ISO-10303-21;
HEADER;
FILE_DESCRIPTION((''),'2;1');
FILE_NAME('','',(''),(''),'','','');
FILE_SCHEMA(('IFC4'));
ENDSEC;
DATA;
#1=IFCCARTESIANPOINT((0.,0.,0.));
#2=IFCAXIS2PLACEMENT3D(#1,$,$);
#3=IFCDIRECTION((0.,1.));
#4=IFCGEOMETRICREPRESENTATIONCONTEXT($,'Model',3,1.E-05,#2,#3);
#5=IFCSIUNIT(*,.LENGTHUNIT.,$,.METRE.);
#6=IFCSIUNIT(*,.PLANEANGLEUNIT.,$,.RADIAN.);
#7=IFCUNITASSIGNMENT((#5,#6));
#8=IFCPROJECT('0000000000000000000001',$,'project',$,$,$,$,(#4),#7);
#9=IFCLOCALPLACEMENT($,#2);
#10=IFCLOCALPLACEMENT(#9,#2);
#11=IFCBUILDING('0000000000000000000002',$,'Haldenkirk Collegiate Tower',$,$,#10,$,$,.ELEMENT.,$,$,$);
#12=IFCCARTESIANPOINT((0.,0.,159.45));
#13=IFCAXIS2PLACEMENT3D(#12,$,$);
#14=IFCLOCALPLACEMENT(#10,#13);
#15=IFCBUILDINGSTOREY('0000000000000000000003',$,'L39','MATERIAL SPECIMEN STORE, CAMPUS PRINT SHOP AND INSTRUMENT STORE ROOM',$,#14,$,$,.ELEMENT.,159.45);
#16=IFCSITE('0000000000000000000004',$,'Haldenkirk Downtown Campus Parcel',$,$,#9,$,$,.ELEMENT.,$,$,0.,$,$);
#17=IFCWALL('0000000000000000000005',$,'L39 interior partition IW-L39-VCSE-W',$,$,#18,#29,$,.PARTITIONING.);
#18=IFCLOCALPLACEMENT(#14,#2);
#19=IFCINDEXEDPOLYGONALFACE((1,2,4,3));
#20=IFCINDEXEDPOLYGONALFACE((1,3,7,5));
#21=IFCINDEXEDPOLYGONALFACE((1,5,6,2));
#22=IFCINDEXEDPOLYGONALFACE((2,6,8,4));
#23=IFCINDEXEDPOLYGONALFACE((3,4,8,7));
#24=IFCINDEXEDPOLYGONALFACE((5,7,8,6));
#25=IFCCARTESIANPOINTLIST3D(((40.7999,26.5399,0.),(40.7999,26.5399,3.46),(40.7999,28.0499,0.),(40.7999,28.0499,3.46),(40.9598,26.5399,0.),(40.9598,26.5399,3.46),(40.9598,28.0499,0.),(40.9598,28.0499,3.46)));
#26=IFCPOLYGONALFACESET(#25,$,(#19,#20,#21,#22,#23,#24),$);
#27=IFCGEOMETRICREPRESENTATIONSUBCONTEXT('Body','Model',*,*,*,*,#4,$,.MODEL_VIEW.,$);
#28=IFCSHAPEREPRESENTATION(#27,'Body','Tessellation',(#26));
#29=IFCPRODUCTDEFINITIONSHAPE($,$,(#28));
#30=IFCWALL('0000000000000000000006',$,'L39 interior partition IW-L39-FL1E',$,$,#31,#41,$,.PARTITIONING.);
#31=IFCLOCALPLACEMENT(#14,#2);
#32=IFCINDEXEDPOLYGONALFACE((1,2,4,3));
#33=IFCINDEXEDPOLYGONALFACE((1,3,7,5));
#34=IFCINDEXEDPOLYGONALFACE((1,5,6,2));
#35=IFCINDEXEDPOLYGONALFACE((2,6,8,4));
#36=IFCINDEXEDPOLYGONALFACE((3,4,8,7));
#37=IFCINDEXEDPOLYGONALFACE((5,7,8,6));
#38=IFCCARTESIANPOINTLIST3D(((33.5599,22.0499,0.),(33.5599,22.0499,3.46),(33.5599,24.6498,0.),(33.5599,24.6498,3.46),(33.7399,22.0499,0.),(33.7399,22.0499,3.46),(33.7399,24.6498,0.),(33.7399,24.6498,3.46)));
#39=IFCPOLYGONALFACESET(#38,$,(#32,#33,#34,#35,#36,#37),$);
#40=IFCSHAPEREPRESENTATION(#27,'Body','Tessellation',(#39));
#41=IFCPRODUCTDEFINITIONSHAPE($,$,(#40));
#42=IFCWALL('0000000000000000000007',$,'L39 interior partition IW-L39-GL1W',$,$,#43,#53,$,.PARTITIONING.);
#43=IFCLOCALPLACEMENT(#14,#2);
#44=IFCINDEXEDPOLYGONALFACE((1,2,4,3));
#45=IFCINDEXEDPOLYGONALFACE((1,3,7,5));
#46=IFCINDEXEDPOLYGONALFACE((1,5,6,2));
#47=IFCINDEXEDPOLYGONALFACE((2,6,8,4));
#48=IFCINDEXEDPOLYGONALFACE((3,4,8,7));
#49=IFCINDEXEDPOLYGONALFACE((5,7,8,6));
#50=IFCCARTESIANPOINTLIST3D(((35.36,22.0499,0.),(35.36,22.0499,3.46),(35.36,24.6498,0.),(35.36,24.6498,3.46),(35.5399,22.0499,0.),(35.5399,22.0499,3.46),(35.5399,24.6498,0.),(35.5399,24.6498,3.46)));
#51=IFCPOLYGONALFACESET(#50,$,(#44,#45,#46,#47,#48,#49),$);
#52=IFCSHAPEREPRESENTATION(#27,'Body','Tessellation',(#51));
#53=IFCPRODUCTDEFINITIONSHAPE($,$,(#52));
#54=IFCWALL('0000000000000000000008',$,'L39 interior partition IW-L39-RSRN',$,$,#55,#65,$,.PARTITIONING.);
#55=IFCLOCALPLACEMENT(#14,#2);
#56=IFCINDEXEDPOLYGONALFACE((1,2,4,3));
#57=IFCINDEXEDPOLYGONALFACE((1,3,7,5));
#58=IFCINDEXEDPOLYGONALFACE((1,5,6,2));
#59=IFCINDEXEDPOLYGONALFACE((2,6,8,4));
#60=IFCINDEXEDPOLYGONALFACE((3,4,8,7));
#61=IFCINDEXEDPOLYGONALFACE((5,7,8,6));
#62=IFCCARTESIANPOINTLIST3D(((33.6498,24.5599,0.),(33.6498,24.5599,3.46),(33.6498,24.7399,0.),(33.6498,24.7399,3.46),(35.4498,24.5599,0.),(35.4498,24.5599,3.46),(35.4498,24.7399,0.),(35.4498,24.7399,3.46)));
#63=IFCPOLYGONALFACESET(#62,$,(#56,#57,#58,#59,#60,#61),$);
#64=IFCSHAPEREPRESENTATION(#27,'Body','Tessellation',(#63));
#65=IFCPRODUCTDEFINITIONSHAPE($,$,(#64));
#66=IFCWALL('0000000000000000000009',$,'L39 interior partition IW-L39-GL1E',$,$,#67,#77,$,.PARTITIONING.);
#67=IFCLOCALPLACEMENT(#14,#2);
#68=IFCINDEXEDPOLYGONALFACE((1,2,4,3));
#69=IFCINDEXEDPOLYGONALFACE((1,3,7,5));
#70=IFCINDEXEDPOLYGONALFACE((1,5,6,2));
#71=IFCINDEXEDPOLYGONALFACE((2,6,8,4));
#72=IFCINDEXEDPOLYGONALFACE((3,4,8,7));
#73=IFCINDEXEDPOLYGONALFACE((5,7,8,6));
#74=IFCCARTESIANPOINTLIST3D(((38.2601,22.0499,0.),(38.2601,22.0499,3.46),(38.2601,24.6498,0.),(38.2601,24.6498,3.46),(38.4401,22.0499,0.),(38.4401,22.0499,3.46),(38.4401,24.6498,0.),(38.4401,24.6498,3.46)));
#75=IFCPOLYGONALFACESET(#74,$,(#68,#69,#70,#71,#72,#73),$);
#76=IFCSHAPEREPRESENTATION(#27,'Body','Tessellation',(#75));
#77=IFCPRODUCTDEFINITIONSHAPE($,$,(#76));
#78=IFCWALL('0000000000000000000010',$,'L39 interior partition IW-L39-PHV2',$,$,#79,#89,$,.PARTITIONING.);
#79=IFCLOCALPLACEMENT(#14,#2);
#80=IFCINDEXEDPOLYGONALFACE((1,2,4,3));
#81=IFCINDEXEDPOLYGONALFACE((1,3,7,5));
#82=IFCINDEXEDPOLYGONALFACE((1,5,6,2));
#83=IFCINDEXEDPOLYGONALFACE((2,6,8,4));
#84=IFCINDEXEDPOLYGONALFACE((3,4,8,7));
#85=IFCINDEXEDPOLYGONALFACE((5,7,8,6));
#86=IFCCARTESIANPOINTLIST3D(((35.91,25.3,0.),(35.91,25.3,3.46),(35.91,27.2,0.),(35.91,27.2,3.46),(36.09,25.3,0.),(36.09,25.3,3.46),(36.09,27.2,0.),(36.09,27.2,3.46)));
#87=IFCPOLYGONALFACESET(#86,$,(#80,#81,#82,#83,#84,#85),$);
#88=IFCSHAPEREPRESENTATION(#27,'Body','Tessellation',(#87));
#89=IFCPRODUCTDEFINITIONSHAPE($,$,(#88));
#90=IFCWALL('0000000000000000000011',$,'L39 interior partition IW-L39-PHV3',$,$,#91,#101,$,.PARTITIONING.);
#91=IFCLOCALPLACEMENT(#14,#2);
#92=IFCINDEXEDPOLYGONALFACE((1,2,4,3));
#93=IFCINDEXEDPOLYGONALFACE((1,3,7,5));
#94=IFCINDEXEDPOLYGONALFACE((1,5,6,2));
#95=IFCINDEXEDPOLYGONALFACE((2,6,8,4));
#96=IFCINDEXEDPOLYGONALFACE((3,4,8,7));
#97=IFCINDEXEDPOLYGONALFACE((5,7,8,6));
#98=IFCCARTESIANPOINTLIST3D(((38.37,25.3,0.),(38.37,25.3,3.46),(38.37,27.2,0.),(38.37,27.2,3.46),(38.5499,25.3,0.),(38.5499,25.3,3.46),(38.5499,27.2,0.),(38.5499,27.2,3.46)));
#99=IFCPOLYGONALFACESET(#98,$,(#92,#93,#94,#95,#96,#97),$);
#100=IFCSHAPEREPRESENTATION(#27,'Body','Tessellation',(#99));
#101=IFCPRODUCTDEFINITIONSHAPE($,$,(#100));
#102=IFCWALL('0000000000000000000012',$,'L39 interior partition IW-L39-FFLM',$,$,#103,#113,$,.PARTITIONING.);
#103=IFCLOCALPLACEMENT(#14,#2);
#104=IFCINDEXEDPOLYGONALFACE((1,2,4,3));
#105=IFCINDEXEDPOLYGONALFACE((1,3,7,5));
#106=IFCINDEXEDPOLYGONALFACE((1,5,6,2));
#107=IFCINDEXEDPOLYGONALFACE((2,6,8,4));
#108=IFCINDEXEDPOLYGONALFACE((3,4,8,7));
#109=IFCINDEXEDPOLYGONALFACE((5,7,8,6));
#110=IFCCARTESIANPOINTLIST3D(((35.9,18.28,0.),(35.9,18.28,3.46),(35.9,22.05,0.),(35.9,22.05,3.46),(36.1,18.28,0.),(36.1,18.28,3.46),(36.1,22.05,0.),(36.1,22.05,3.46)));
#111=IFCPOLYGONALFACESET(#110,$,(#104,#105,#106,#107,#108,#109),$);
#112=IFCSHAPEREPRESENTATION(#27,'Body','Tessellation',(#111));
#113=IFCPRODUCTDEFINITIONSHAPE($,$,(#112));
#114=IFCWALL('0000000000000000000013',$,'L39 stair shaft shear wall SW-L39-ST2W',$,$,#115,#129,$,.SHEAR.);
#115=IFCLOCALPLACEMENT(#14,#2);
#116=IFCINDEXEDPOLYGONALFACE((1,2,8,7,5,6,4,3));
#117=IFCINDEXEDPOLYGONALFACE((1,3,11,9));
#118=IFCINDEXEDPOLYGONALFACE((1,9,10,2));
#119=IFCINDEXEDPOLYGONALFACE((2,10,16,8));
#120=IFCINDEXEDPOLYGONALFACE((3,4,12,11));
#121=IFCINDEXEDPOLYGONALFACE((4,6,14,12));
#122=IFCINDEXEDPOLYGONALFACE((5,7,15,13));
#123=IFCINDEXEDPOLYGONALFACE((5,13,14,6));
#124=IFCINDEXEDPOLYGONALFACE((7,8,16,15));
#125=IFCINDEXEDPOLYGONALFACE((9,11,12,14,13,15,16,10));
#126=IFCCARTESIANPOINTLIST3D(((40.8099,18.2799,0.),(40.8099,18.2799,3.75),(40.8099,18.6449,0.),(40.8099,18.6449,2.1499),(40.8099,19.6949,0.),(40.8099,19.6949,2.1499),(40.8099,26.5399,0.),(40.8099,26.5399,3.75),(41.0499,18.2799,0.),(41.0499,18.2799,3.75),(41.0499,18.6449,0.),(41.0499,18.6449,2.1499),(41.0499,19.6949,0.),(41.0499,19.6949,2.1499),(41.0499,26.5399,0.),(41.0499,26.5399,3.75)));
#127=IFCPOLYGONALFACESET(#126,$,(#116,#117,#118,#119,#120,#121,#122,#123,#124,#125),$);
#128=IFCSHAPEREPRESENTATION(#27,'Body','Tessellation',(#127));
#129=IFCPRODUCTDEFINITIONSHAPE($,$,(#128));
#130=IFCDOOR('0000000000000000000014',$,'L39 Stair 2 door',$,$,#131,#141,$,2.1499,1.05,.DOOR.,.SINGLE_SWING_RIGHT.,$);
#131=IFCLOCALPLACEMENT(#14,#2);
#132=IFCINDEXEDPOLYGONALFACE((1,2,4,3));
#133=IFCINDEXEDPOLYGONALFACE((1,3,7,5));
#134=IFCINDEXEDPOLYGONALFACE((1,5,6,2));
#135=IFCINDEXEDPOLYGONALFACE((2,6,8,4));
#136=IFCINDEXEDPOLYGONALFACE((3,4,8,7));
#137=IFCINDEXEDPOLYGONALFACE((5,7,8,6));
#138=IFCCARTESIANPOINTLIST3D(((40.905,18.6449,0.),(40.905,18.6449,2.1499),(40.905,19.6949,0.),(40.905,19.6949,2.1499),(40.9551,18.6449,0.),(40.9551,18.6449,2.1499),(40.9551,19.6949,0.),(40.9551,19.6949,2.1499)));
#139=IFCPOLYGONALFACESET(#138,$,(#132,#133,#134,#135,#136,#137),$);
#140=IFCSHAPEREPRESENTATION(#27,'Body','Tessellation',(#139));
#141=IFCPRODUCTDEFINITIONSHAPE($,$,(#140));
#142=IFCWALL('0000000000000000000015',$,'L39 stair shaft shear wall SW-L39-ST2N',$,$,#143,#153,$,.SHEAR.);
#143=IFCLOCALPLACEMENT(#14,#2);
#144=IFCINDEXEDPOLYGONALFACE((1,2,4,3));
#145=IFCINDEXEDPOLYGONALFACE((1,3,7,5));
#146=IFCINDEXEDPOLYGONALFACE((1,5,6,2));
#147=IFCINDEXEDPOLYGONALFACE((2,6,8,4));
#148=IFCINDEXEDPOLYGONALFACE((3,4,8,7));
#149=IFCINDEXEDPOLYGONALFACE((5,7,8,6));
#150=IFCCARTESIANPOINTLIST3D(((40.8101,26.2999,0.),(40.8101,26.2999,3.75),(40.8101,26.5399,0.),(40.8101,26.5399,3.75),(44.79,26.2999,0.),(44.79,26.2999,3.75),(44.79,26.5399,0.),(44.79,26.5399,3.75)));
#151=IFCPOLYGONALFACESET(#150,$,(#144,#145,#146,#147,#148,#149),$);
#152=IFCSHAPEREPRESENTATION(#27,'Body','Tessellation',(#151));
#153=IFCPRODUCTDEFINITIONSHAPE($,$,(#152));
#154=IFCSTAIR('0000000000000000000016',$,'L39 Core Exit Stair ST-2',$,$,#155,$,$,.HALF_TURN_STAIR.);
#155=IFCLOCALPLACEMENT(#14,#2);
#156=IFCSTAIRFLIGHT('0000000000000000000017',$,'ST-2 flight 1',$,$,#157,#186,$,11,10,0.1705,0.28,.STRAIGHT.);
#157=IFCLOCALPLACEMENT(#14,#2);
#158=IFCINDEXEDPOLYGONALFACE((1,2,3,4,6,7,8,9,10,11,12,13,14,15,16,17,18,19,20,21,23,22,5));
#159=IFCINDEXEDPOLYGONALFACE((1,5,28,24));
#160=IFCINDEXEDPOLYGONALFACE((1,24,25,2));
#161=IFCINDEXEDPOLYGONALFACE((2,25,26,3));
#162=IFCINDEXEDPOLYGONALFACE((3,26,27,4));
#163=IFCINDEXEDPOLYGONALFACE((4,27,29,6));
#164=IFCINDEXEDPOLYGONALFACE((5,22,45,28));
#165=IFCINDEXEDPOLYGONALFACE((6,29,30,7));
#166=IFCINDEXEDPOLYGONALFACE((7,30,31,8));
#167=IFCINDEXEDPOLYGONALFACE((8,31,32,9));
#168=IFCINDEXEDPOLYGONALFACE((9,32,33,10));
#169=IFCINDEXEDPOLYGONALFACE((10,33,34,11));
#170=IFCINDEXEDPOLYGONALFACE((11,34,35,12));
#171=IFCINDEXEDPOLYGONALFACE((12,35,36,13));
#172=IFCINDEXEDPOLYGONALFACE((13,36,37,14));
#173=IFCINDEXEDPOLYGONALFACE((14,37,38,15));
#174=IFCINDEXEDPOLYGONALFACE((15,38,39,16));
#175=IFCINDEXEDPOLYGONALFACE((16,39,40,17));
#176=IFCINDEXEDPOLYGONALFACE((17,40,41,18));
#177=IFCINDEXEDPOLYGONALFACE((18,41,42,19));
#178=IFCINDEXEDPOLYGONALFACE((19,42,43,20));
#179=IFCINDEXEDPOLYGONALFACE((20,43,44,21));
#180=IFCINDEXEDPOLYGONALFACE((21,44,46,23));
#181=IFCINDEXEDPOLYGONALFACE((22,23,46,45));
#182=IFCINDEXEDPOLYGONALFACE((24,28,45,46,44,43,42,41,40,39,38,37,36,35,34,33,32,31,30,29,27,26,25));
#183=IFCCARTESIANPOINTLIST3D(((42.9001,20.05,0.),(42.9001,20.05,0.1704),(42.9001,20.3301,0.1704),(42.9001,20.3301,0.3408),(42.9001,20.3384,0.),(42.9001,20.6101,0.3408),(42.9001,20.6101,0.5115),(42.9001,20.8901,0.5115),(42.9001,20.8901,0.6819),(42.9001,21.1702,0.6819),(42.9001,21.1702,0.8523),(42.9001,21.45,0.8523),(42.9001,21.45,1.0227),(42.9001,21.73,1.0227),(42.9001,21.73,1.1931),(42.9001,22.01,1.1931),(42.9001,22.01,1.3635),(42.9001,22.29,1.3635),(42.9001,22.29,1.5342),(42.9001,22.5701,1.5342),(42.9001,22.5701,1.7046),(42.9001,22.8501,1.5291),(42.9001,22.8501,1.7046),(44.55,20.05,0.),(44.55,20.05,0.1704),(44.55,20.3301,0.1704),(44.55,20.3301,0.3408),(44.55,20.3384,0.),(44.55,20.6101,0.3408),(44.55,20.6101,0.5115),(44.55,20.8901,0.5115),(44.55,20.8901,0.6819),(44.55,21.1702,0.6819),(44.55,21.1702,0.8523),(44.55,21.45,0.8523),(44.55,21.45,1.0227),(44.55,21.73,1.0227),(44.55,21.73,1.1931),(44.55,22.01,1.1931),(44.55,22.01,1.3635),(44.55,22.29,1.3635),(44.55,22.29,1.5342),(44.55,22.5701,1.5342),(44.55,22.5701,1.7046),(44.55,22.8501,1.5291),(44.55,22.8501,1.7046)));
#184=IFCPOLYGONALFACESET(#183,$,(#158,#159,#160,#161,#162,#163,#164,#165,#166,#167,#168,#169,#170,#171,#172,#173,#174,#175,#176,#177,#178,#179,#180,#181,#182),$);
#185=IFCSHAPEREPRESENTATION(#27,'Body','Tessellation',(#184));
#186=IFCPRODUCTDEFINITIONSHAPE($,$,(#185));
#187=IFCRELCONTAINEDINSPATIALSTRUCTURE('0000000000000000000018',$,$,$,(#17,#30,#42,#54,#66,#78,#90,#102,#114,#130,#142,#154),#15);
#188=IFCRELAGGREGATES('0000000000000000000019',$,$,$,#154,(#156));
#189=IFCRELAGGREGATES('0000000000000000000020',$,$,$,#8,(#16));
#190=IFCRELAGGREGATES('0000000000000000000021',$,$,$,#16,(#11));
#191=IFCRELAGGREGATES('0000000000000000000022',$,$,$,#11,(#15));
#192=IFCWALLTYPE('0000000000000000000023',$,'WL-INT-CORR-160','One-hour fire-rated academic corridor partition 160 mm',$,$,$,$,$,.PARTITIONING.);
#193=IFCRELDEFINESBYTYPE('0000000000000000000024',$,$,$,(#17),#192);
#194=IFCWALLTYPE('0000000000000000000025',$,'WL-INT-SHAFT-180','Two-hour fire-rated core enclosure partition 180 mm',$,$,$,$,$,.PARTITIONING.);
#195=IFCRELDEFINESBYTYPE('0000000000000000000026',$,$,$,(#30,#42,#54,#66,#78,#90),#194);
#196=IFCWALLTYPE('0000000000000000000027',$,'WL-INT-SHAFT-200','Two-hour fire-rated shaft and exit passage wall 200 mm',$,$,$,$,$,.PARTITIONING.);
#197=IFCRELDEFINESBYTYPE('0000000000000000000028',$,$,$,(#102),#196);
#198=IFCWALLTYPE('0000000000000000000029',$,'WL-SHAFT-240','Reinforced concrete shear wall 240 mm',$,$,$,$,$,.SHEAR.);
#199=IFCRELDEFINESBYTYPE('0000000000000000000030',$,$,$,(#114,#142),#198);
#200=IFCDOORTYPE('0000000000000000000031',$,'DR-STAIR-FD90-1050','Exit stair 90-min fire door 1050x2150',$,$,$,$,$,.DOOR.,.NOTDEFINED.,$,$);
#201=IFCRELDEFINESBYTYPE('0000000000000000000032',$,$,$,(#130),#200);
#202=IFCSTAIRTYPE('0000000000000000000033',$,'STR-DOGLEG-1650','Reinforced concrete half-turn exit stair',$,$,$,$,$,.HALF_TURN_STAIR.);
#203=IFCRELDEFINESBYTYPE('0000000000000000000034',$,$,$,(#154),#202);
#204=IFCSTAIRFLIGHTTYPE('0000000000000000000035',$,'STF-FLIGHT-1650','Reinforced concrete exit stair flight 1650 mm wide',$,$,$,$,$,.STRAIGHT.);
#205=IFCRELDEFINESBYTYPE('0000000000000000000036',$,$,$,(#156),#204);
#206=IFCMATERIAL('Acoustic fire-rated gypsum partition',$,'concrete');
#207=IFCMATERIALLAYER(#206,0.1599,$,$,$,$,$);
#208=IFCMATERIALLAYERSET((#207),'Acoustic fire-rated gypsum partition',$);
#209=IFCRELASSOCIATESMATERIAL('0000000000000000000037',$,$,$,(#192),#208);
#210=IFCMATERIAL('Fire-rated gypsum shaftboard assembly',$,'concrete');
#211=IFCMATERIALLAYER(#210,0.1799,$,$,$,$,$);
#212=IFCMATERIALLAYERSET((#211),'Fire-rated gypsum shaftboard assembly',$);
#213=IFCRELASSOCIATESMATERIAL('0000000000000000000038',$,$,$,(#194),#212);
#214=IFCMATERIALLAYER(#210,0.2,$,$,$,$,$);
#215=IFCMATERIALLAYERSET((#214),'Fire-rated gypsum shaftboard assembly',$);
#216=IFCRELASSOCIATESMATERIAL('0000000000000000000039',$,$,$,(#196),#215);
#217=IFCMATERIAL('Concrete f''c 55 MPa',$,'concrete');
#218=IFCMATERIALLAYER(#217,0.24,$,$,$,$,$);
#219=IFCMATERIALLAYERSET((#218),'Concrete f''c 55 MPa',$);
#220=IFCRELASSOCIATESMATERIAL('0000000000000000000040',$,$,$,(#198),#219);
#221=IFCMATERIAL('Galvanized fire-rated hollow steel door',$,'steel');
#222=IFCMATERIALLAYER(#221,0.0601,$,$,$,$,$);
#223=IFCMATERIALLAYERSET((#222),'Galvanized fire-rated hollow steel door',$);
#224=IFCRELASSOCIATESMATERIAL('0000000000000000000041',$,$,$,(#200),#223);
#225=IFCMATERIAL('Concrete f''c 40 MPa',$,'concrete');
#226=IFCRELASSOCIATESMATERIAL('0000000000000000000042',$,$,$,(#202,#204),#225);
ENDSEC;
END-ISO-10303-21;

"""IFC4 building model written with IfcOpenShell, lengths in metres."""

from ifc_helpers import new_model, si_unit, direction, frame, frame_2d, origin, place, context, subcontext, project, spatial, polyline, rectangle, outline, extrude, material, layer, layer_set, type_object, element, fill, aggregate, save


model = new_model("IFC4")

# Units and contexts
model_context = context("Model", 3, precision=1e-05, world=origin(), true_north=direction((0.0, 1.0)))
body_context = subcontext(model_context, "Body", "Model", "MODEL_VIEW")
ifc_project = project(units=[si_unit("LENGTHUNIT", "METRE"), si_unit("PLANEANGLEUNIT", "RADIAN")], contexts=[model_context])

# Site, building, storey
site_placement = place(None, origin())
site = spatial("IfcSite", under=ifc_project, at=site_placement, Name="Haldenkirk Downtown Campus Parcel", CompositionType="ELEMENT", RefElevation=0.0)
building_placement = place(site_placement, origin())
building = spatial("IfcBuilding", under=site, at=building_placement, Name="Haldenkirk Collegiate Tower", CompositionType="ELEMENT")
storey_placement = place(building_placement, frame((0.0, 0.0, 159.45)))
storey = spatial("IfcBuildingStorey", under=building, at=storey_placement, Name="L39", Description="MATERIAL SPECIMEN STORE, CAMPUS PRINT SHOP AND INSTRUMENT STORE ROOM", CompositionType="ELEMENT", Elevation=159.45)

# Walls
ifc_material_1 = material(Name="Acoustic fire-rated gypsum partition", Category="concrete")
ifc_layer_1 = layer(ifc_material_1, 0.1599)
ifc_layer_set_1 = layer_set([ifc_layer_1], Name="Acoustic fire-rated gypsum partition")
wall_type_1 = type_object("IfcWallType", Name="WL-INT-CORR-160", Description="One-hour fire-rated academic corridor partition 160 mm", PredefinedType="PARTITIONING", material=ifc_layer_set_1)
wall_1_placement = place(storey_placement, frame((40.8799, 26.54, 0.0), z_axis=(0.0, 0.0, 1.0), x_axis=(0.0, 1.0, 0.0)))
element("IfcWall", 1, at=wall_1_placement, inside=storey, type_object=wall_type_1, Name="L39 interior partition IW-L39-VCSE-W", PredefinedType="PARTITIONING", context=body_context, shape_type="SweptSolid", body=[
    extrude(rectangle(XDim=1.51, YDim=0.1599, at=frame_2d((0.7549, 0.0))), origin(), (0.0, 0.0, 1.0), 3.46),
])
ifc_material_2 = material(Name="Fire-rated gypsum shaftboard assembly", Category="concrete")
ifc_layer_2 = layer(ifc_material_2, 0.1799)
ifc_layer_set_2 = layer_set([ifc_layer_2], Name="Fire-rated gypsum shaftboard assembly")
wall_type_2 = type_object("IfcWallType", Name="WL-INT-SHAFT-180", Description="Two-hour fire-rated core enclosure partition 180 mm", PredefinedType="PARTITIONING", material=ifc_layer_set_2)
for number, where, z_axis, x_axis, name in (
    (2, (33.6499, 22.05, 0.0), (0.0, 0.0, 1.0), (0.0, 1.0, 0.0), "L39 interior partition IW-L39-FL1E"),
    (3, (35.45, 22.05, 0.0), (0.0, 0.0, 1.0), (0.0, 1.0, 0.0), "L39 interior partition IW-L39-GL1W"),
):
    element("IfcWall", number, at=place(storey_placement, frame(where, z_axis=z_axis, x_axis=x_axis)), inside=storey, type_object=wall_type_2, Name=name, PredefinedType="PARTITIONING", context=body_context, shape_type="SweptSolid", body=[
        extrude(rectangle(XDim=2.5999, YDim=0.1799, at=frame_2d((1.2998, 0.0))), origin(), (0.0, 0.0, 1.0), 3.46),
    ])
wall_2_placement = place(storey_placement, frame((33.6499, 24.6499, 0.0), z_axis=(0.0, 0.0, 1.0), x_axis=(1.0, 0.0, 0.0)))
element("IfcWall", 4, at=wall_2_placement, inside=storey, type_object=wall_type_2, Name="L39 interior partition IW-L39-RSRN", PredefinedType="PARTITIONING", context=body_context, shape_type="SweptSolid", body=[
    extrude(rectangle(XDim=1.8, YDim=0.1799, at=frame_2d((0.8999, 0.0))), origin(), (0.0, 0.0, 1.0), 3.46),
])
wall_3_placement = place(storey_placement, frame((38.3501, 22.05, 0.0), z_axis=(0.0, 0.0, 1.0), x_axis=(0.0, 1.0, 0.0)))
element("IfcWall", 5, at=wall_3_placement, inside=storey, type_object=wall_type_2, Name="L39 interior partition IW-L39-GL1E", PredefinedType="PARTITIONING", context=body_context, shape_type="SweptSolid", body=[
    extrude(rectangle(XDim=2.5999, YDim=0.1799, at=frame_2d((1.2998, 0.0))), origin(), (0.0, 0.0, 1.0), 3.46),
])
for number, where, z_axis, x_axis, name in (
    (6, (36.0, 25.3, 0.0), (0.0, 0.0, 1.0), (0.0, 1.0, 0.0), "L39 interior partition IW-L39-PHV2"),
    (7, (38.46, 25.3, 0.0), (0.0, 0.0, 1.0), (0.0, 1.0, 0.0), "L39 interior partition IW-L39-PHV3"),
):
    element("IfcWall", number, at=place(storey_placement, frame(where, z_axis=z_axis, x_axis=x_axis)), inside=storey, type_object=wall_type_2, Name=name, PredefinedType="PARTITIONING", context=body_context, shape_type="SweptSolid", body=[
        extrude(rectangle(XDim=1.8999, YDim=0.1799, at=frame_2d((0.95, 0.0))), origin(), (0.0, 0.0, 1.0), 3.46),
    ])
ifc_layer_3 = layer(ifc_material_2, 0.2)
ifc_layer_set_3 = layer_set([ifc_layer_3], Name="Fire-rated gypsum shaftboard assembly")
wall_type_3 = type_object("IfcWallType", Name="WL-INT-SHAFT-200", Description="Two-hour fire-rated shaft and exit passage wall 200 mm", PredefinedType="PARTITIONING", material=ifc_layer_set_3)
wall_4_placement = place(storey_placement, frame((36.0, 18.28, 0.0), z_axis=(0.0, 0.0, 1.0), x_axis=(0.0, 1.0, 0.0)))
element("IfcWall", 8, at=wall_4_placement, inside=storey, type_object=wall_type_3, Name="L39 interior partition IW-L39-FFLM", PredefinedType="PARTITIONING", context=body_context, shape_type="SweptSolid", body=[
    extrude(rectangle(XDim=3.77, YDim=0.2, at=frame_2d((1.885, 0.0))), origin(), (0.0, 0.0, 1.0), 3.46),
])

# Wall, opening, door
ifc_material_3 = material(Name="Concrete f'c 55 MPa", Category="concrete")
ifc_layer_4 = layer(ifc_material_3, 0.24)
ifc_layer_set_4 = layer_set([ifc_layer_4], Name="Concrete f'c 55 MPa")
wall_type_4 = type_object("IfcWallType", Name="WL-SHAFT-240", Description="Reinforced concrete shear wall 240 mm", PredefinedType="SHEAR", material=ifc_layer_set_4)
wall_5_placement = place(storey_placement, frame((40.9299, 18.28, 0.0), z_axis=(0.0, 0.0, 1.0), x_axis=(0.0, 1.0, 0.0)))
wall_5 = element("IfcWall", 9, at=wall_5_placement, inside=storey, type_object=wall_type_4, Name="L39 stair shaft shear wall SW-L39-ST2W", PredefinedType="SHEAR", context=body_context, shape_type="SweptSolid", body=[
    extrude(rectangle(XDim=8.26, YDim=0.24, at=frame_2d((4.1299, 0.0))), origin(), (0.0, 0.0, 1.0), 3.75),
])
opening_1_placement = place(wall_5_placement, frame((0.365, 0.0, 0.0)))
opening_1 = element("IfcOpeningElement", 10, at=opening_1_placement, cuts=wall_5, PredefinedType="OPENING", context=body_context, shape_type="SweptSolid", body=[
    extrude(rectangle(XDim=1.05, YDim=2.1499, at=frame_2d((0.5249, 1.075))), frame((0.0, 0.1299, 0.0), z_axis=(0.0, -1.0, 0.0), x_axis=(1.0, 0.0, 0.0)), (0.0, 0.0, 1.0), 0.26),
])
ifc_material_4 = material(Name="Galvanized fire-rated hollow steel door", Category="steel")
ifc_layer_5 = layer(ifc_material_4, 0.0601)
ifc_layer_set_5 = layer_set([ifc_layer_5], Name="Galvanized fire-rated hollow steel door")
door_type_1 = type_object("IfcDoorType", Name="DR-STAIR-FD90-1050", Description="Exit stair 90-min fire door 1050x2150", OperationType="NOTDEFINED", PredefinedType="DOOR", material=ifc_layer_set_5)
door_1_placement = place(opening_1_placement, origin())
door_1 = element("IfcDoor", 11, at=door_1_placement, inside=storey, type_object=door_type_1, Name="L39 Stair 2 door", OperationType="SINGLE_SWING_RIGHT", OverallHeight=2.1499, OverallWidth=1.05, PredefinedType="DOOR", context=body_context, shape_type="SweptSolid", body=[
    extrude(rectangle(XDim=1.05, YDim=2.1499, at=frame_2d((0.5249, 1.075))), frame((0.0, 0.0249, 0.0), z_axis=(0.0, -1.0, 0.0), x_axis=(1.0, 0.0, 0.0)), (0.0, 0.0, 1.0), 0.05),
])
fill(opening_1, door_1)

# Wall
wall_6_placement = place(storey_placement, frame((40.8101, 26.4199, 0.0), z_axis=(0.0, 0.0, 1.0), x_axis=(1.0, 0.0, 0.0)))
element("IfcWall", 12, at=wall_6_placement, inside=storey, type_object=wall_type_4, Name="L39 stair shaft shear wall SW-L39-ST2N", PredefinedType="SHEAR", context=body_context, shape_type="SweptSolid", body=[
    extrude(rectangle(XDim=3.98, YDim=0.24, at=frame_2d((1.99, 0.0))), origin(), (0.0, 0.0, 1.0), 3.75),
])

# Stair, stair flight
ifc_material_5 = material(Name="Concrete f'c 40 MPa", Category="concrete")
stair_type = type_object("IfcStairType", Name="STR-DOGLEG-1650", Description="Reinforced concrete half-turn exit stair", PredefinedType="HALF_TURN_STAIR", material=ifc_material_5)
stair_placement = place(storey_placement, origin())
stair = element("IfcStair", 13, at=stair_placement, inside=storey, type_object=stair_type, Name="L39 Core Exit Stair ST-2", PredefinedType="HALF_TURN_STAIR")
stair_flight_type = type_object("IfcStairFlightType", Name="STF-FLIGHT-1650", Description="Reinforced concrete exit stair flight 1650 mm wide", PredefinedType="STRAIGHT", material=ifc_material_5)
stair_flight_1_placement = place(storey_placement, frame((43.7251, 20.05, 0.0), z_axis=(0.0, 0.0, 1.0), x_axis=(0.0, 1.0, 0.0)))
stair_flight_1 = element("IfcStairFlight", 14, at=stair_flight_1_placement, type_object=stair_flight_type, Name="ST-2 flight 1", NumberOfRisers=11, NumberOfTreads=10, PredefinedType="STRAIGHT", RiserHeight=0.1705, TreadLength=0.28, context=body_context, shape_type="SweptSolid", body=[
    extrude(outline(polyline([(0.0, 0.0), (0.0, 0.1704), (0.28, 0.1704), (0.28, 0.3408), (0.5601, 0.3408), (0.5601, 0.5115), (0.8401, 0.5115), (0.8401, 0.6819), (1.1201, 0.6819), (1.1201, 0.8523), (1.3999, 0.8523), (1.3999, 1.0227), (1.6799, 1.0227), (1.6799, 1.1931), (1.96, 1.1931), (1.96, 1.3635), (2.24, 1.3635), (2.24, 1.5342), (2.52, 1.5342), (2.52, 1.7046), (2.8, 1.7046), (2.8, 1.875), (2.8, 1.5291), (0.2883, 0.0), (0.0, 0.0)])), frame((0.0, 0.825, 0.0), z_axis=(0.0, -1.0, 0.0), x_axis=(1.0, 0.0, 0.0)), (0.0, 0.0, 1.0), 1.6499),
])
aggregate(stair, [stair_flight_1])

save(model, "model.ifc")
